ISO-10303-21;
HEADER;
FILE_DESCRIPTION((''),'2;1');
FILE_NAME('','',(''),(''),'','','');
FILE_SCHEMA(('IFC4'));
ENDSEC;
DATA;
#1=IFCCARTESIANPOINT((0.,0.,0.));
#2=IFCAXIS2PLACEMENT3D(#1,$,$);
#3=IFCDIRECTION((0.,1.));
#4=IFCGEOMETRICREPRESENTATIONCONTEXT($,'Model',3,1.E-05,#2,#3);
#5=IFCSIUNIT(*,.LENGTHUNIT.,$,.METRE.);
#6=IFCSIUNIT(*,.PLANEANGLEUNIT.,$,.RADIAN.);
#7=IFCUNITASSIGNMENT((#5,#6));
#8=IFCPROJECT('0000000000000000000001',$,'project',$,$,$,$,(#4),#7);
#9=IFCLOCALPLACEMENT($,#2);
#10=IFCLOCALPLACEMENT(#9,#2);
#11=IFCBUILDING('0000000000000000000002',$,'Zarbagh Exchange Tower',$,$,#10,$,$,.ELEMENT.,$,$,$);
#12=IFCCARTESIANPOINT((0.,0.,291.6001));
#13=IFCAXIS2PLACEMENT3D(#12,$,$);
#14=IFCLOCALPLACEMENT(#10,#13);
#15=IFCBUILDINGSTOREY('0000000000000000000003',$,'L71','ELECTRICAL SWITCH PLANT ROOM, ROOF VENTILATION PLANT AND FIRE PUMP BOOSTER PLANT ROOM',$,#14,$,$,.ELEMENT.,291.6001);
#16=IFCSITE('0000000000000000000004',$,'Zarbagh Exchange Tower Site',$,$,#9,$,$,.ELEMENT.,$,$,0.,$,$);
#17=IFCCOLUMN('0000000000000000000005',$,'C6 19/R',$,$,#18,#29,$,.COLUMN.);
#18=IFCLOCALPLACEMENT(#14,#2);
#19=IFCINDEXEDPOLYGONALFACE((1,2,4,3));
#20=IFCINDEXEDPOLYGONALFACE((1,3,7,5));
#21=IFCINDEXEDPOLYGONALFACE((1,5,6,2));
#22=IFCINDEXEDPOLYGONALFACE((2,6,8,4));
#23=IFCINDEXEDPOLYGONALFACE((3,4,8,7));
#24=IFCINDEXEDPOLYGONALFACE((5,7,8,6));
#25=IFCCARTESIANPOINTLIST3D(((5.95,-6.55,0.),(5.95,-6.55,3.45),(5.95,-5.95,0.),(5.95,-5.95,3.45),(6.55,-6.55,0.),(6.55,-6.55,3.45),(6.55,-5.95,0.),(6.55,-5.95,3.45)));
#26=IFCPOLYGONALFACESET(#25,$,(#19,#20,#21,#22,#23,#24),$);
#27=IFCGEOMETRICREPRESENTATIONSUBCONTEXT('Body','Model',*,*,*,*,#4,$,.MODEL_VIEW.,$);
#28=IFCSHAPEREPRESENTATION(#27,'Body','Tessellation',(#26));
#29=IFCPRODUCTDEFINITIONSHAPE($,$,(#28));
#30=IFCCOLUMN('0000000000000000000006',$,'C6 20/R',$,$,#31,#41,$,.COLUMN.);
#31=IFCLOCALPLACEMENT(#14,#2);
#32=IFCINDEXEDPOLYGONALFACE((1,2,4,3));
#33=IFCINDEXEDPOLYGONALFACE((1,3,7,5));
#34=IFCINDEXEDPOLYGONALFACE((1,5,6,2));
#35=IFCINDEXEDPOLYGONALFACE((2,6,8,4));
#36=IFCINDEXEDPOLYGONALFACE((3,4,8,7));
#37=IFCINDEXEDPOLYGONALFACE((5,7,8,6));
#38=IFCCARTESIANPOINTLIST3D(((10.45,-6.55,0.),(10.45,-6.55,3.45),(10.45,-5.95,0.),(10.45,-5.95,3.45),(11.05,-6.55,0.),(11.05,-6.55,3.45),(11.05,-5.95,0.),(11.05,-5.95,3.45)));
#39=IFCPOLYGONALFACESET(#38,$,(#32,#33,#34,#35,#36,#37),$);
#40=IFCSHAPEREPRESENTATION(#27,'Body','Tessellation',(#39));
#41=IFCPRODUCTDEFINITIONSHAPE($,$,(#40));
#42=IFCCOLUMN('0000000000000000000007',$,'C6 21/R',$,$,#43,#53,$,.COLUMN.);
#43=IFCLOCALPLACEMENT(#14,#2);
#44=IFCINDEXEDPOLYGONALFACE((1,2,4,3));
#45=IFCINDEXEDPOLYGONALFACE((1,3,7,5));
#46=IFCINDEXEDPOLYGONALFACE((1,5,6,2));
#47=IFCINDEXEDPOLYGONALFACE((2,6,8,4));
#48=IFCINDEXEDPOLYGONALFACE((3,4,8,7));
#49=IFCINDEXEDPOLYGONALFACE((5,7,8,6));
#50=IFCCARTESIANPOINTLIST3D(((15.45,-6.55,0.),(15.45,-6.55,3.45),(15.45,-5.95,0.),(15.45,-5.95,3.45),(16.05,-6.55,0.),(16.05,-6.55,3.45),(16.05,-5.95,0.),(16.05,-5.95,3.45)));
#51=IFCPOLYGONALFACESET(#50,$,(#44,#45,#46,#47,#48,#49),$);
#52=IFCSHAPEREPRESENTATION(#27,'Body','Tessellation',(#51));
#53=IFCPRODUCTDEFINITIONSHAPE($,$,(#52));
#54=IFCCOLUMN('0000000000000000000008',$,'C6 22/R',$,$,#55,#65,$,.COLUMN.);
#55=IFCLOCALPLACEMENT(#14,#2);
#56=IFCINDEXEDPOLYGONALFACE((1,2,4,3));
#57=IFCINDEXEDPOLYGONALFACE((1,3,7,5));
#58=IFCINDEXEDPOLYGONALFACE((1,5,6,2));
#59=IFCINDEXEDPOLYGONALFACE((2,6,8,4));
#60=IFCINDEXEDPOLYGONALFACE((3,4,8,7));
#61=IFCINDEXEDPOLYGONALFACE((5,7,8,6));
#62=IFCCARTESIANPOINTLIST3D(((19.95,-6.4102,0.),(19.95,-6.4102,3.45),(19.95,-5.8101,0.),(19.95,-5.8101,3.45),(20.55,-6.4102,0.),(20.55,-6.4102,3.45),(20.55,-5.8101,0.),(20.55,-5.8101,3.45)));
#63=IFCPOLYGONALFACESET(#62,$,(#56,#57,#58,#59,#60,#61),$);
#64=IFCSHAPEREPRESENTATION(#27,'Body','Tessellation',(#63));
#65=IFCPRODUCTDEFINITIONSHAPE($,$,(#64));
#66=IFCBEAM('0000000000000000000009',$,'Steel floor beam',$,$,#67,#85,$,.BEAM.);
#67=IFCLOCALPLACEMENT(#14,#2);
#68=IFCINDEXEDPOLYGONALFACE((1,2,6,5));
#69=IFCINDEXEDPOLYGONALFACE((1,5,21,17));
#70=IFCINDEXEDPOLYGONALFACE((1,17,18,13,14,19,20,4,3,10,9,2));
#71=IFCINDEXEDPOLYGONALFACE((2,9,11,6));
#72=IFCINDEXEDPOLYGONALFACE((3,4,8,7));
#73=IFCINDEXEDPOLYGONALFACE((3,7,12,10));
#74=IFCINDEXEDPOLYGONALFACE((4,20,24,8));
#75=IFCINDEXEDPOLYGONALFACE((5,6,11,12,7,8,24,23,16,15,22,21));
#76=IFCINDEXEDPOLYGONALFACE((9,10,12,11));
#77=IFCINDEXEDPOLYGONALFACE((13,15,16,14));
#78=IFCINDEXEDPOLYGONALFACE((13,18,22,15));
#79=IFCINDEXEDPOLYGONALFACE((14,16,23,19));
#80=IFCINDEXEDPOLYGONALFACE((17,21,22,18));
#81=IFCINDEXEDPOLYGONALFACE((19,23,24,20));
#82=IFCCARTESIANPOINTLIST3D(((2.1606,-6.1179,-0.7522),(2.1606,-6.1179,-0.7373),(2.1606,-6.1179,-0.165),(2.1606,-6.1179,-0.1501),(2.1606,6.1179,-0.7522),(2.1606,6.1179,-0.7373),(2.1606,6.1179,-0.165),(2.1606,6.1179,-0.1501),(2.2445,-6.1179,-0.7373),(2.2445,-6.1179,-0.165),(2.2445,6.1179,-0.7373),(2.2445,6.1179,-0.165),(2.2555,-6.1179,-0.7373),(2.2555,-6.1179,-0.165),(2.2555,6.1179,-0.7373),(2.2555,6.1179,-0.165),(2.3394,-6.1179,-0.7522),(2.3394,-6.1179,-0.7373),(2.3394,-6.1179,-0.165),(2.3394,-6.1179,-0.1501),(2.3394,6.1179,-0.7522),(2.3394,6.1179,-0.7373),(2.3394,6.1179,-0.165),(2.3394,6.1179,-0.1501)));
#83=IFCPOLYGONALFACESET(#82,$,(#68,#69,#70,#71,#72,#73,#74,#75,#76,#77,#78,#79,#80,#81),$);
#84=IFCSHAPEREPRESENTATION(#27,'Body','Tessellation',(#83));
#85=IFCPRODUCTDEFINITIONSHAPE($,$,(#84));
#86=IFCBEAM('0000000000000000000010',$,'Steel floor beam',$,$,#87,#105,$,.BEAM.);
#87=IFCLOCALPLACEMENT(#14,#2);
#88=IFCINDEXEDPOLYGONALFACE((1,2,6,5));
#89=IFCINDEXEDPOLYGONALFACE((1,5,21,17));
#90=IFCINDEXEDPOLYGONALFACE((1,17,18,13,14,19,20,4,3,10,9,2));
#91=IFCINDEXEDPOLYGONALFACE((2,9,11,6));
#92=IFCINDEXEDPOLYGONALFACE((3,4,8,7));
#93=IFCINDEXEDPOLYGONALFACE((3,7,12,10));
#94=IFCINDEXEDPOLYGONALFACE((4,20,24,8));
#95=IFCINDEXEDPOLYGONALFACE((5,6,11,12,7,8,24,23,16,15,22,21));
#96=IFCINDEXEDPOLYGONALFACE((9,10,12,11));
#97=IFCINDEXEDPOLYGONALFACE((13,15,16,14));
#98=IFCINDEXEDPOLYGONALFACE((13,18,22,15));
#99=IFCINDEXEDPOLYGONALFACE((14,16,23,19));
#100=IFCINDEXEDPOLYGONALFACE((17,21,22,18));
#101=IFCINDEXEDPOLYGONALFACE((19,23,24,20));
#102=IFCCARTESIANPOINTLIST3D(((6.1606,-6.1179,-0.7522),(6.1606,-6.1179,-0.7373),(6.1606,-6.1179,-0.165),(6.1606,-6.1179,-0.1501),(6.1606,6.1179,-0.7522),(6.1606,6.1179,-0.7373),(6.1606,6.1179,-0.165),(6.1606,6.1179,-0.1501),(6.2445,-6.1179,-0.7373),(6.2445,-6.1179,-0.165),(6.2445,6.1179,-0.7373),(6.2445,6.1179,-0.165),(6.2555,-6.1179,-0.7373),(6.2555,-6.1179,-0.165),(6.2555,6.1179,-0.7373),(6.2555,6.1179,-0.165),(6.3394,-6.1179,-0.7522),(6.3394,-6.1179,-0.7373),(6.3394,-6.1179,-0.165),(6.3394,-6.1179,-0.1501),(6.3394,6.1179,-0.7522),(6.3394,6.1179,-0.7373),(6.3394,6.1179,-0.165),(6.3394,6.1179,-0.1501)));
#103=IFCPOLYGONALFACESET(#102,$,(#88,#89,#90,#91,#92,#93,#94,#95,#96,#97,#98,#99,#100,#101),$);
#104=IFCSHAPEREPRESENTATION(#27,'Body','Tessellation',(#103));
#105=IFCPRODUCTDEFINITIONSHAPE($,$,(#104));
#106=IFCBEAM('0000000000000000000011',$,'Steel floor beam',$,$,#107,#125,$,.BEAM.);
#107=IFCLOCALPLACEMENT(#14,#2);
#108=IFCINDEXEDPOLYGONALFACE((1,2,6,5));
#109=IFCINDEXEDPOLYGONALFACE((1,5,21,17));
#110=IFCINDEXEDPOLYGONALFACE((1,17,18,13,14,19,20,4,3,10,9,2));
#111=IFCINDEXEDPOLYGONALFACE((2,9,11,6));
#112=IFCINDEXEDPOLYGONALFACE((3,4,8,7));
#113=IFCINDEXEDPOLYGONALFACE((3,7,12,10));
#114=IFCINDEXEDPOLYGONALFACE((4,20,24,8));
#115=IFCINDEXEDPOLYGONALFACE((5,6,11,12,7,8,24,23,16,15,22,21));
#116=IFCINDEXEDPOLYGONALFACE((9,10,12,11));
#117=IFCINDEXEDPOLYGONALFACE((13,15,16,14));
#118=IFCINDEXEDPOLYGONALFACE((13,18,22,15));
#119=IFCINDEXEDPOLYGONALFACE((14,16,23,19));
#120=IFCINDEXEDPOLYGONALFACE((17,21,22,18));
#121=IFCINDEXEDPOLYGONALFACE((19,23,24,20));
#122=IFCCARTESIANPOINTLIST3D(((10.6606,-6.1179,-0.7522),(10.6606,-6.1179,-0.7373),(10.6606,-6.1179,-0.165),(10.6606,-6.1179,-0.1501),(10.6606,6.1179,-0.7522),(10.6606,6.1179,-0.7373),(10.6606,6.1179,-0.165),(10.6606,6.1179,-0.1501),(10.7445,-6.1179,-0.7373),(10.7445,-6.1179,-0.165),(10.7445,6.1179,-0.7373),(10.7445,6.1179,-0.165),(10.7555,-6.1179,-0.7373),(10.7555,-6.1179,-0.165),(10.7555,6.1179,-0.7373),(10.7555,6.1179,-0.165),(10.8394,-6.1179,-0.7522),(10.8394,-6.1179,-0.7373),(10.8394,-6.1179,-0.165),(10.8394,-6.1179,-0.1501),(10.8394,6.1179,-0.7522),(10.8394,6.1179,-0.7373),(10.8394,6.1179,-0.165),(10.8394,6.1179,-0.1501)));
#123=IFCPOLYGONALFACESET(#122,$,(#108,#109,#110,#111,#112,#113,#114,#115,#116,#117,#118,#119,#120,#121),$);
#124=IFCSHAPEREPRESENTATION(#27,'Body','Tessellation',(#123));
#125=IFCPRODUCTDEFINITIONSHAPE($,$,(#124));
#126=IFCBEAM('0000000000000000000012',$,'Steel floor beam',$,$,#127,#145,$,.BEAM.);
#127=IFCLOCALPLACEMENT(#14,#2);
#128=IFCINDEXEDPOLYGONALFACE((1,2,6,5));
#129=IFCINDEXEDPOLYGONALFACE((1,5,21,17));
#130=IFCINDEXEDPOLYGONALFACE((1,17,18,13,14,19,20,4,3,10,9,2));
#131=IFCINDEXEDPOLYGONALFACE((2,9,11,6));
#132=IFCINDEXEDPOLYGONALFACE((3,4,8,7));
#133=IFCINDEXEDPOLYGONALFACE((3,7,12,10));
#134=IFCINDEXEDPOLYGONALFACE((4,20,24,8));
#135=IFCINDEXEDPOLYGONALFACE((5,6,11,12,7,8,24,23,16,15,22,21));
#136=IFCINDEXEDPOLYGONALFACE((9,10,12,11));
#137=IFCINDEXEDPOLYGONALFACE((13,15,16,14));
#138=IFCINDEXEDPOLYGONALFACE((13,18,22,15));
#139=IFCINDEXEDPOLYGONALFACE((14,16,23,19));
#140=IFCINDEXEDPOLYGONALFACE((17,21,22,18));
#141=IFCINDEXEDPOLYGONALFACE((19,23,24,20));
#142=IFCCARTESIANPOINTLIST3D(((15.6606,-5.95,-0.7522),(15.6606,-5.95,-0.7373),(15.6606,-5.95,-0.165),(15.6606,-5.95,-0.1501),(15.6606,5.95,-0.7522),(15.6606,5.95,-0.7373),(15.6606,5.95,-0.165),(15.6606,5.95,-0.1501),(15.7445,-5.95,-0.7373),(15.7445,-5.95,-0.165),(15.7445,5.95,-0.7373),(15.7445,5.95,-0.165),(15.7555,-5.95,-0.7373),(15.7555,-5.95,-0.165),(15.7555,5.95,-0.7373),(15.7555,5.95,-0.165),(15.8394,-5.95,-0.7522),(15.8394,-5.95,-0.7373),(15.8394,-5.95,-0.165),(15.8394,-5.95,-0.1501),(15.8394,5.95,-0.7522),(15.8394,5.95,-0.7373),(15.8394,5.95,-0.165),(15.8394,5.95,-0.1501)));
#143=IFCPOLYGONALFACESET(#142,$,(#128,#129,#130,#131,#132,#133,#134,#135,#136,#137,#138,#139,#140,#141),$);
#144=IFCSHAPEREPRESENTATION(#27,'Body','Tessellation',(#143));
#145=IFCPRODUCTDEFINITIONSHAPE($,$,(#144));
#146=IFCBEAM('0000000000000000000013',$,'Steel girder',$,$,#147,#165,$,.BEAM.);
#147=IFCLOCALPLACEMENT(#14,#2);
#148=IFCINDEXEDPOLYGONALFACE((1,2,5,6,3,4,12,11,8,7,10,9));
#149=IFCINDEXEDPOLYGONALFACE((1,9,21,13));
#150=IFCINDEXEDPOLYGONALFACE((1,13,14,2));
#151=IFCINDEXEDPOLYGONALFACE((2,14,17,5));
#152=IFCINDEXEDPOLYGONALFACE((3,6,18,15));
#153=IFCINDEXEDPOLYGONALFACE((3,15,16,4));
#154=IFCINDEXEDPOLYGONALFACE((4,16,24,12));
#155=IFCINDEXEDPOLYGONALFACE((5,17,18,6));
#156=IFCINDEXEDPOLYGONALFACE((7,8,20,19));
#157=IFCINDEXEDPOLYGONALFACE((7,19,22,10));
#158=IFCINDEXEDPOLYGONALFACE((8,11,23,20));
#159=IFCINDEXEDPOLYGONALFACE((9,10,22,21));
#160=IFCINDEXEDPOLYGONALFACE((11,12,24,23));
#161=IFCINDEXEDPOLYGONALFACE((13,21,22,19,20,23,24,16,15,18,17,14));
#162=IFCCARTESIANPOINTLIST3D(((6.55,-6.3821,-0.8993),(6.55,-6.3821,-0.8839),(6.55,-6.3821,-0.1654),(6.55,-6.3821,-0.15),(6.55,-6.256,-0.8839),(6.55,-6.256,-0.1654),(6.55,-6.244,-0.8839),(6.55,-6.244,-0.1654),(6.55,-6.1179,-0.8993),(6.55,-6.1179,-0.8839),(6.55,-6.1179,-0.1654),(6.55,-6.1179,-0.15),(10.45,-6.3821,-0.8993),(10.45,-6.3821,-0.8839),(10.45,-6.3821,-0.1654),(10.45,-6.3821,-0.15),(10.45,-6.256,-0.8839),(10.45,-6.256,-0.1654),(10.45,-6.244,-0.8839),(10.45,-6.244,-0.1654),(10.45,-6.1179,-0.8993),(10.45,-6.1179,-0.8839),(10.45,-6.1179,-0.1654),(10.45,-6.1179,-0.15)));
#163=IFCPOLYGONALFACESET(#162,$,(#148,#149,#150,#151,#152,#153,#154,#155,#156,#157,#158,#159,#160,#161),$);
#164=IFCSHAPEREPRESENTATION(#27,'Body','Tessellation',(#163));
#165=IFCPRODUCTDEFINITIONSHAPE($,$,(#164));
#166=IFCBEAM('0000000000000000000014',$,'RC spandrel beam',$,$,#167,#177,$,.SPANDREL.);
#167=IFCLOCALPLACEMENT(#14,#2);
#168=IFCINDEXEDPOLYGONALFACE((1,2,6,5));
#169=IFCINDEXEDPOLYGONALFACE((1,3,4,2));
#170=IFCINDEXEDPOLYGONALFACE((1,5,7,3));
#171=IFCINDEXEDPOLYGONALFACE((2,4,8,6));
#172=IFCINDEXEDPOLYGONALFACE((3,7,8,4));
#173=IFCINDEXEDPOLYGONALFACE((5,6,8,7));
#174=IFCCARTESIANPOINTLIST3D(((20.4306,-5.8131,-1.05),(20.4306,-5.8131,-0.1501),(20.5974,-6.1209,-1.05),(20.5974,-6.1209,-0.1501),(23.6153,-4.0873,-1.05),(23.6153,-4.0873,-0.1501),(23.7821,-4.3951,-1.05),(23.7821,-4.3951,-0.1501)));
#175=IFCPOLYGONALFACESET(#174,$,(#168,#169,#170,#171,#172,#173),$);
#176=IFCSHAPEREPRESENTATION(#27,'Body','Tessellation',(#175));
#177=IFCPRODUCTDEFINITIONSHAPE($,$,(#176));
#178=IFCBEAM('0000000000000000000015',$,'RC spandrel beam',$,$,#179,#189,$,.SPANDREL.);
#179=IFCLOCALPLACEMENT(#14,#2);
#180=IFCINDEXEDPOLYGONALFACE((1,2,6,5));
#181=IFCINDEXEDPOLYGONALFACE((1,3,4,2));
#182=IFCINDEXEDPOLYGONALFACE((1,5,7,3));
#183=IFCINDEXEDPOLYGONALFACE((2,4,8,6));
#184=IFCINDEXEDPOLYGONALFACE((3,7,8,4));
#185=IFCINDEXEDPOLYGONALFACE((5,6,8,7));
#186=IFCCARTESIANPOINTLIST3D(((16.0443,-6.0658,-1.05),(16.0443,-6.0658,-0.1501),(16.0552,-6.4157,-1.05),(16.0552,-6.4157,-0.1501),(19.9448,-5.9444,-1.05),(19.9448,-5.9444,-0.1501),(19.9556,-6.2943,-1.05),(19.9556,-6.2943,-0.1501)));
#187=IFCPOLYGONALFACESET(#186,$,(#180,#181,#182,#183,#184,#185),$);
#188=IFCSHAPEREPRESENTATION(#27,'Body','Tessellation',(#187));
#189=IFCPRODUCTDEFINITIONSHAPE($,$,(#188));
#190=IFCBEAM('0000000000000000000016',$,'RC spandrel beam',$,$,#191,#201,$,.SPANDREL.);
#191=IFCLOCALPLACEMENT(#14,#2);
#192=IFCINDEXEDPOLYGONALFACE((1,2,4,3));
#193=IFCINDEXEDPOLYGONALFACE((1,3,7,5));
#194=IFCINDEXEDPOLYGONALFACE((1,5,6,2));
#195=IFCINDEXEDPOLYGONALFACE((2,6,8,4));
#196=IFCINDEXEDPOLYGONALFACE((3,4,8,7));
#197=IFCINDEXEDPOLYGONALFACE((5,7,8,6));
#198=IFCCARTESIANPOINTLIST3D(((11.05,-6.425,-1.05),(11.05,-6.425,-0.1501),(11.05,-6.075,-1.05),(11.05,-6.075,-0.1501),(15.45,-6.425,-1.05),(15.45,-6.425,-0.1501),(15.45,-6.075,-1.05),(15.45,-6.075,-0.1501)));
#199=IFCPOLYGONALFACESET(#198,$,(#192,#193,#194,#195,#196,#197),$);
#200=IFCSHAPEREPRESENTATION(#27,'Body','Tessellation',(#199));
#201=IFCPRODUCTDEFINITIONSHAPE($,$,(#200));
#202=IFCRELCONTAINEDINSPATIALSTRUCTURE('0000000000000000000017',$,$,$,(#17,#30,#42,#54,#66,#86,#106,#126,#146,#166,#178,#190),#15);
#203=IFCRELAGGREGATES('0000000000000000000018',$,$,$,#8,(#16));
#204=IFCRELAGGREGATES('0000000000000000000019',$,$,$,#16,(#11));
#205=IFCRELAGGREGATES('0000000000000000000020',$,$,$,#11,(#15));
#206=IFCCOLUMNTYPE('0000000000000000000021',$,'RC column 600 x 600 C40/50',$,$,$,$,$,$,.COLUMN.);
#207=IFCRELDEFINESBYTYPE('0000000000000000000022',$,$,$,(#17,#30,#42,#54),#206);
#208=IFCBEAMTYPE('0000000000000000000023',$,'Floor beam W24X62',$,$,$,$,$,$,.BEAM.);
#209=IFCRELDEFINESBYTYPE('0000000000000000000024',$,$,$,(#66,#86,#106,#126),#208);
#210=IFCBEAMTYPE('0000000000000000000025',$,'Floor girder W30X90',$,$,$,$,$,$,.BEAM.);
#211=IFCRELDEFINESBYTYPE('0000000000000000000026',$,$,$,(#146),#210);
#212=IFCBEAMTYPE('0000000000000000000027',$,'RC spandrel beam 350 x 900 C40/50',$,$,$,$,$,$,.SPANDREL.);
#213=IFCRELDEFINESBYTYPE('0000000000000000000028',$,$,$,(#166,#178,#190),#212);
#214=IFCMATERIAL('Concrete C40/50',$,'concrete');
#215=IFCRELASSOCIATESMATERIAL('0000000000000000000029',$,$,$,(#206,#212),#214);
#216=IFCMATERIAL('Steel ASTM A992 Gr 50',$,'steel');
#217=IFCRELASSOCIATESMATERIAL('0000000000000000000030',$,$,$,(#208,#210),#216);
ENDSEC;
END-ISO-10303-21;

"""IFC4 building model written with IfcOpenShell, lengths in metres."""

from ifc_helpers import new_model, si_unit, direction, frame, origin, origin_2d, place, context, subcontext, project, spatial, rectangle, i_section, extrude, material, material_profile, profile_set, type_object, element, save


model = new_model("IFC4")

# Units and contexts
model_context = context("Model", 3, precision=1e-05, world=origin(), true_north=direction((0.0, 1.0)))
body_context = subcontext(model_context, "Body", "Model", "MODEL_VIEW")
ifc_project = project(units=[si_unit("LENGTHUNIT", "METRE"), si_unit("PLANEANGLEUNIT", "RADIAN")], contexts=[model_context])

# Site, building, storey
site_placement = place(None, origin())
site = spatial("IfcSite", under=ifc_project, at=site_placement, Name="Zarbagh Exchange Tower Site", CompositionType="ELEMENT", RefElevation=0.0)
building_placement = place(site_placement, origin())
building = spatial("IfcBuilding", under=site, at=building_placement, Name="Zarbagh Exchange Tower", CompositionType="ELEMENT")
storey_placement = place(building_placement, frame((0.0, 0.0, 291.6001)))
storey = spatial("IfcBuildingStorey", under=building, at=storey_placement, Name="L71", Description="ELECTRICAL SWITCH PLANT ROOM, ROOF VENTILATION PLANT AND FIRE PUMP BOOSTER PLANT ROOM", CompositionType="ELEMENT", Elevation=291.6001)

# Columns
ifc_material_1 = material(Name="Concrete C40/50", Category="concrete")
ifc_material_profile_1 = material_profile(ifc_material_1, rectangle(XDim=0.6001, YDim=0.6001, at=origin_2d()), Name="RC column 600 x 600 C40/50")
ifc_profile_set_1 = profile_set([ifc_material_profile_1], Name="Concrete C40/50")
column_type = type_object("IfcColumnType", Name="RC column 600 x 600 C40/50", PredefinedType="COLUMN", material=ifc_profile_set_1)
for number, where, z_axis, x_axis, name in (
    (1, (6.25, -6.25, 0.0), (0.0, 0.0, 1.0), (1.0, 0.0, 0.0), "C6 19/R"),
    (2, (10.75, -6.25, 0.0), (0.0, 0.0, 1.0), (1.0, 0.0, 0.0), "C6 20/R"),
    (3, (15.75, -6.25, 0.0), (0.0, 0.0, 1.0), (1.0, 0.0, 0.0), "C6 21/R"),
    (4, (20.25, -6.1101, 0.0), (0.0, 0.0, 1.0), (1.0, 0.0, 0.0), "C6 22/R"),
):
    element("IfcColumn", number, at=place(storey_placement, frame(where, z_axis=z_axis, x_axis=x_axis)), inside=storey, type_object=column_type, Name=name, PredefinedType="COLUMN", context=body_context, shape_type="SweptSolid", body=[
        extrude(rectangle(XDim=0.6001, YDim=0.6001, at=origin_2d()), origin(), (0.0, 0.0, 1.0), 3.45),
    ])

# Beams
ifc_material_2 = material(Name="Steel ASTM A992 Gr 50", Category="steel")
ifc_material_profile_2 = material_profile(ifc_material_2, i_section(OverallWidth=0.1787, OverallDepth=0.6021, WebThickness=0.011, FlangeThickness=0.0149, at=origin_2d()), Name="W24X62")
ifc_profile_set_2 = profile_set([ifc_material_profile_2], Name="Steel ASTM A992 Gr 50")
beam_type_1 = type_object("IfcBeamType", Name="Floor beam W24X62", PredefinedType="BEAM", material=ifc_profile_set_2)
for number, where, z_axis, x_axis, name in (
    (5, (2.25, -6.1179, -0.4512), (0.0, 1.0, 0.0), (-1.0, 0.0, 0.0), "Steel floor beam"),
    (6, (6.25, -6.1179, -0.4512), (0.0, 1.0, 0.0), (-1.0, 0.0, 0.0), "Steel floor beam"),
    (7, (10.75, -6.1179, -0.4512), (0.0, 1.0, 0.0), (-1.0, 0.0, 0.0), "Steel floor beam"),
):
    element("IfcBeam", number, at=place(storey_placement, frame(where, z_axis=z_axis, x_axis=x_axis)), inside=storey, type_object=beam_type_1, Name=name, PredefinedType="BEAM", context=body_context, shape_type="SweptSolid", body=[
        extrude(i_section(OverallWidth=0.1787, OverallDepth=0.6021, WebThickness=0.011, FlangeThickness=0.0149, at=origin_2d()), origin(), (0.0, 0.0, 1.0), 12.2358),
    ])
beam_1_placement = place(storey_placement, frame((15.75, -5.95, -0.4512), z_axis=(0.0, 1.0, 0.0), x_axis=(-1.0, 0.0, 0.0)))
element("IfcBeam", 8, at=beam_1_placement, inside=storey, type_object=beam_type_1, Name="Steel floor beam", PredefinedType="BEAM", context=body_context, shape_type="SweptSolid", body=[
    extrude(i_section(OverallWidth=0.1787, OverallDepth=0.6021, WebThickness=0.011, FlangeThickness=0.0149, at=origin_2d()), origin(), (0.0, 0.0, 1.0), 11.8999),
])
ifc_material_profile_3 = material_profile(ifc_material_2, i_section(OverallWidth=0.2642, OverallDepth=0.7493, WebThickness=0.012, FlangeThickness=0.0154, at=origin_2d()), Name="W30X90")
ifc_profile_set_3 = profile_set([ifc_material_profile_3], Name="Steel ASTM A992 Gr 50")
beam_type_2 = type_object("IfcBeamType", Name="Floor girder W30X90", PredefinedType="BEAM", material=ifc_profile_set_3)
beam_2_placement = place(storey_placement, frame((6.55, -6.25, -0.5247), z_axis=(1.0, 0.0, 0.0), x_axis=(0.0, 1.0, 0.0)))
element("IfcBeam", 9, at=beam_2_placement, inside=storey, type_object=beam_type_2, Name="Steel girder", PredefinedType="BEAM", context=body_context, shape_type="SweptSolid", body=[
    extrude(i_section(OverallWidth=0.2642, OverallDepth=0.7493, WebThickness=0.012, FlangeThickness=0.0154, at=origin_2d()), origin(), (0.0, 0.0, 1.0), 3.8999),
])
ifc_material_profile_4 = material_profile(ifc_material_1, rectangle(XDim=0.3501, YDim=0.8999, at=origin_2d()), Name="RC spandrel beam 350 x 900 C40/50")
ifc_profile_set_4 = profile_set([ifc_material_profile_4], Name="Concrete C40/50")
beam_type_3 = type_object("IfcBeamType", Name="RC spandrel beam 350 x 900 C40/50", PredefinedType="SPANDREL", material=ifc_profile_set_4)
beam_3_placement = place(storey_placement, frame((23.6987, -4.2412, -0.6001), z_axis=(-0.879208, -0.476437, 0.0), x_axis=(0.476437, -0.879208, 0.0)))
element("IfcBeam", 10, at=beam_3_placement, inside=storey, type_object=beam_type_3, Name="RC spandrel beam", PredefinedType="SPANDREL", context=body_context, shape_type="SweptSolid", body=[
    extrude(rectangle(XDim=0.3501, YDim=0.8999, at=origin_2d()), origin(), (0.0, 0.0, 1.0), 3.6223),
])
beam_4_placement = place(storey_placement, frame((19.9502, -6.1194, -0.6001), z_axis=(-0.999516, -0.031094, 0.0), x_axis=(0.031094, -0.999516, 0.0)))
element("IfcBeam", 11, at=beam_4_placement, inside=storey, type_object=beam_type_3, Name="RC spandrel beam", PredefinedType="SPANDREL", context=body_context, shape_type="SweptSolid", body=[
    extrude(rectangle(XDim=0.3501, YDim=0.8999, at=origin_2d()), origin(), (0.0, 0.0, 1.0), 3.9023),
])
beam_5_placement = place(storey_placement, frame((15.45, -6.25, -0.6001), z_axis=(-1.0, 0.0, 0.0), x_axis=(0.0, -1.0, 0.0)))
element("IfcBeam", 12, at=beam_5_placement, inside=storey, type_object=beam_type_3, Name="RC spandrel beam", PredefinedType="SPANDREL", context=body_context, shape_type="SweptSolid", body=[
    extrude(rectangle(XDim=0.3501, YDim=0.8999, at=origin_2d()), origin(), (0.0, 0.0, 1.0), 4.3999),
])

save(model, "model.ifc")
